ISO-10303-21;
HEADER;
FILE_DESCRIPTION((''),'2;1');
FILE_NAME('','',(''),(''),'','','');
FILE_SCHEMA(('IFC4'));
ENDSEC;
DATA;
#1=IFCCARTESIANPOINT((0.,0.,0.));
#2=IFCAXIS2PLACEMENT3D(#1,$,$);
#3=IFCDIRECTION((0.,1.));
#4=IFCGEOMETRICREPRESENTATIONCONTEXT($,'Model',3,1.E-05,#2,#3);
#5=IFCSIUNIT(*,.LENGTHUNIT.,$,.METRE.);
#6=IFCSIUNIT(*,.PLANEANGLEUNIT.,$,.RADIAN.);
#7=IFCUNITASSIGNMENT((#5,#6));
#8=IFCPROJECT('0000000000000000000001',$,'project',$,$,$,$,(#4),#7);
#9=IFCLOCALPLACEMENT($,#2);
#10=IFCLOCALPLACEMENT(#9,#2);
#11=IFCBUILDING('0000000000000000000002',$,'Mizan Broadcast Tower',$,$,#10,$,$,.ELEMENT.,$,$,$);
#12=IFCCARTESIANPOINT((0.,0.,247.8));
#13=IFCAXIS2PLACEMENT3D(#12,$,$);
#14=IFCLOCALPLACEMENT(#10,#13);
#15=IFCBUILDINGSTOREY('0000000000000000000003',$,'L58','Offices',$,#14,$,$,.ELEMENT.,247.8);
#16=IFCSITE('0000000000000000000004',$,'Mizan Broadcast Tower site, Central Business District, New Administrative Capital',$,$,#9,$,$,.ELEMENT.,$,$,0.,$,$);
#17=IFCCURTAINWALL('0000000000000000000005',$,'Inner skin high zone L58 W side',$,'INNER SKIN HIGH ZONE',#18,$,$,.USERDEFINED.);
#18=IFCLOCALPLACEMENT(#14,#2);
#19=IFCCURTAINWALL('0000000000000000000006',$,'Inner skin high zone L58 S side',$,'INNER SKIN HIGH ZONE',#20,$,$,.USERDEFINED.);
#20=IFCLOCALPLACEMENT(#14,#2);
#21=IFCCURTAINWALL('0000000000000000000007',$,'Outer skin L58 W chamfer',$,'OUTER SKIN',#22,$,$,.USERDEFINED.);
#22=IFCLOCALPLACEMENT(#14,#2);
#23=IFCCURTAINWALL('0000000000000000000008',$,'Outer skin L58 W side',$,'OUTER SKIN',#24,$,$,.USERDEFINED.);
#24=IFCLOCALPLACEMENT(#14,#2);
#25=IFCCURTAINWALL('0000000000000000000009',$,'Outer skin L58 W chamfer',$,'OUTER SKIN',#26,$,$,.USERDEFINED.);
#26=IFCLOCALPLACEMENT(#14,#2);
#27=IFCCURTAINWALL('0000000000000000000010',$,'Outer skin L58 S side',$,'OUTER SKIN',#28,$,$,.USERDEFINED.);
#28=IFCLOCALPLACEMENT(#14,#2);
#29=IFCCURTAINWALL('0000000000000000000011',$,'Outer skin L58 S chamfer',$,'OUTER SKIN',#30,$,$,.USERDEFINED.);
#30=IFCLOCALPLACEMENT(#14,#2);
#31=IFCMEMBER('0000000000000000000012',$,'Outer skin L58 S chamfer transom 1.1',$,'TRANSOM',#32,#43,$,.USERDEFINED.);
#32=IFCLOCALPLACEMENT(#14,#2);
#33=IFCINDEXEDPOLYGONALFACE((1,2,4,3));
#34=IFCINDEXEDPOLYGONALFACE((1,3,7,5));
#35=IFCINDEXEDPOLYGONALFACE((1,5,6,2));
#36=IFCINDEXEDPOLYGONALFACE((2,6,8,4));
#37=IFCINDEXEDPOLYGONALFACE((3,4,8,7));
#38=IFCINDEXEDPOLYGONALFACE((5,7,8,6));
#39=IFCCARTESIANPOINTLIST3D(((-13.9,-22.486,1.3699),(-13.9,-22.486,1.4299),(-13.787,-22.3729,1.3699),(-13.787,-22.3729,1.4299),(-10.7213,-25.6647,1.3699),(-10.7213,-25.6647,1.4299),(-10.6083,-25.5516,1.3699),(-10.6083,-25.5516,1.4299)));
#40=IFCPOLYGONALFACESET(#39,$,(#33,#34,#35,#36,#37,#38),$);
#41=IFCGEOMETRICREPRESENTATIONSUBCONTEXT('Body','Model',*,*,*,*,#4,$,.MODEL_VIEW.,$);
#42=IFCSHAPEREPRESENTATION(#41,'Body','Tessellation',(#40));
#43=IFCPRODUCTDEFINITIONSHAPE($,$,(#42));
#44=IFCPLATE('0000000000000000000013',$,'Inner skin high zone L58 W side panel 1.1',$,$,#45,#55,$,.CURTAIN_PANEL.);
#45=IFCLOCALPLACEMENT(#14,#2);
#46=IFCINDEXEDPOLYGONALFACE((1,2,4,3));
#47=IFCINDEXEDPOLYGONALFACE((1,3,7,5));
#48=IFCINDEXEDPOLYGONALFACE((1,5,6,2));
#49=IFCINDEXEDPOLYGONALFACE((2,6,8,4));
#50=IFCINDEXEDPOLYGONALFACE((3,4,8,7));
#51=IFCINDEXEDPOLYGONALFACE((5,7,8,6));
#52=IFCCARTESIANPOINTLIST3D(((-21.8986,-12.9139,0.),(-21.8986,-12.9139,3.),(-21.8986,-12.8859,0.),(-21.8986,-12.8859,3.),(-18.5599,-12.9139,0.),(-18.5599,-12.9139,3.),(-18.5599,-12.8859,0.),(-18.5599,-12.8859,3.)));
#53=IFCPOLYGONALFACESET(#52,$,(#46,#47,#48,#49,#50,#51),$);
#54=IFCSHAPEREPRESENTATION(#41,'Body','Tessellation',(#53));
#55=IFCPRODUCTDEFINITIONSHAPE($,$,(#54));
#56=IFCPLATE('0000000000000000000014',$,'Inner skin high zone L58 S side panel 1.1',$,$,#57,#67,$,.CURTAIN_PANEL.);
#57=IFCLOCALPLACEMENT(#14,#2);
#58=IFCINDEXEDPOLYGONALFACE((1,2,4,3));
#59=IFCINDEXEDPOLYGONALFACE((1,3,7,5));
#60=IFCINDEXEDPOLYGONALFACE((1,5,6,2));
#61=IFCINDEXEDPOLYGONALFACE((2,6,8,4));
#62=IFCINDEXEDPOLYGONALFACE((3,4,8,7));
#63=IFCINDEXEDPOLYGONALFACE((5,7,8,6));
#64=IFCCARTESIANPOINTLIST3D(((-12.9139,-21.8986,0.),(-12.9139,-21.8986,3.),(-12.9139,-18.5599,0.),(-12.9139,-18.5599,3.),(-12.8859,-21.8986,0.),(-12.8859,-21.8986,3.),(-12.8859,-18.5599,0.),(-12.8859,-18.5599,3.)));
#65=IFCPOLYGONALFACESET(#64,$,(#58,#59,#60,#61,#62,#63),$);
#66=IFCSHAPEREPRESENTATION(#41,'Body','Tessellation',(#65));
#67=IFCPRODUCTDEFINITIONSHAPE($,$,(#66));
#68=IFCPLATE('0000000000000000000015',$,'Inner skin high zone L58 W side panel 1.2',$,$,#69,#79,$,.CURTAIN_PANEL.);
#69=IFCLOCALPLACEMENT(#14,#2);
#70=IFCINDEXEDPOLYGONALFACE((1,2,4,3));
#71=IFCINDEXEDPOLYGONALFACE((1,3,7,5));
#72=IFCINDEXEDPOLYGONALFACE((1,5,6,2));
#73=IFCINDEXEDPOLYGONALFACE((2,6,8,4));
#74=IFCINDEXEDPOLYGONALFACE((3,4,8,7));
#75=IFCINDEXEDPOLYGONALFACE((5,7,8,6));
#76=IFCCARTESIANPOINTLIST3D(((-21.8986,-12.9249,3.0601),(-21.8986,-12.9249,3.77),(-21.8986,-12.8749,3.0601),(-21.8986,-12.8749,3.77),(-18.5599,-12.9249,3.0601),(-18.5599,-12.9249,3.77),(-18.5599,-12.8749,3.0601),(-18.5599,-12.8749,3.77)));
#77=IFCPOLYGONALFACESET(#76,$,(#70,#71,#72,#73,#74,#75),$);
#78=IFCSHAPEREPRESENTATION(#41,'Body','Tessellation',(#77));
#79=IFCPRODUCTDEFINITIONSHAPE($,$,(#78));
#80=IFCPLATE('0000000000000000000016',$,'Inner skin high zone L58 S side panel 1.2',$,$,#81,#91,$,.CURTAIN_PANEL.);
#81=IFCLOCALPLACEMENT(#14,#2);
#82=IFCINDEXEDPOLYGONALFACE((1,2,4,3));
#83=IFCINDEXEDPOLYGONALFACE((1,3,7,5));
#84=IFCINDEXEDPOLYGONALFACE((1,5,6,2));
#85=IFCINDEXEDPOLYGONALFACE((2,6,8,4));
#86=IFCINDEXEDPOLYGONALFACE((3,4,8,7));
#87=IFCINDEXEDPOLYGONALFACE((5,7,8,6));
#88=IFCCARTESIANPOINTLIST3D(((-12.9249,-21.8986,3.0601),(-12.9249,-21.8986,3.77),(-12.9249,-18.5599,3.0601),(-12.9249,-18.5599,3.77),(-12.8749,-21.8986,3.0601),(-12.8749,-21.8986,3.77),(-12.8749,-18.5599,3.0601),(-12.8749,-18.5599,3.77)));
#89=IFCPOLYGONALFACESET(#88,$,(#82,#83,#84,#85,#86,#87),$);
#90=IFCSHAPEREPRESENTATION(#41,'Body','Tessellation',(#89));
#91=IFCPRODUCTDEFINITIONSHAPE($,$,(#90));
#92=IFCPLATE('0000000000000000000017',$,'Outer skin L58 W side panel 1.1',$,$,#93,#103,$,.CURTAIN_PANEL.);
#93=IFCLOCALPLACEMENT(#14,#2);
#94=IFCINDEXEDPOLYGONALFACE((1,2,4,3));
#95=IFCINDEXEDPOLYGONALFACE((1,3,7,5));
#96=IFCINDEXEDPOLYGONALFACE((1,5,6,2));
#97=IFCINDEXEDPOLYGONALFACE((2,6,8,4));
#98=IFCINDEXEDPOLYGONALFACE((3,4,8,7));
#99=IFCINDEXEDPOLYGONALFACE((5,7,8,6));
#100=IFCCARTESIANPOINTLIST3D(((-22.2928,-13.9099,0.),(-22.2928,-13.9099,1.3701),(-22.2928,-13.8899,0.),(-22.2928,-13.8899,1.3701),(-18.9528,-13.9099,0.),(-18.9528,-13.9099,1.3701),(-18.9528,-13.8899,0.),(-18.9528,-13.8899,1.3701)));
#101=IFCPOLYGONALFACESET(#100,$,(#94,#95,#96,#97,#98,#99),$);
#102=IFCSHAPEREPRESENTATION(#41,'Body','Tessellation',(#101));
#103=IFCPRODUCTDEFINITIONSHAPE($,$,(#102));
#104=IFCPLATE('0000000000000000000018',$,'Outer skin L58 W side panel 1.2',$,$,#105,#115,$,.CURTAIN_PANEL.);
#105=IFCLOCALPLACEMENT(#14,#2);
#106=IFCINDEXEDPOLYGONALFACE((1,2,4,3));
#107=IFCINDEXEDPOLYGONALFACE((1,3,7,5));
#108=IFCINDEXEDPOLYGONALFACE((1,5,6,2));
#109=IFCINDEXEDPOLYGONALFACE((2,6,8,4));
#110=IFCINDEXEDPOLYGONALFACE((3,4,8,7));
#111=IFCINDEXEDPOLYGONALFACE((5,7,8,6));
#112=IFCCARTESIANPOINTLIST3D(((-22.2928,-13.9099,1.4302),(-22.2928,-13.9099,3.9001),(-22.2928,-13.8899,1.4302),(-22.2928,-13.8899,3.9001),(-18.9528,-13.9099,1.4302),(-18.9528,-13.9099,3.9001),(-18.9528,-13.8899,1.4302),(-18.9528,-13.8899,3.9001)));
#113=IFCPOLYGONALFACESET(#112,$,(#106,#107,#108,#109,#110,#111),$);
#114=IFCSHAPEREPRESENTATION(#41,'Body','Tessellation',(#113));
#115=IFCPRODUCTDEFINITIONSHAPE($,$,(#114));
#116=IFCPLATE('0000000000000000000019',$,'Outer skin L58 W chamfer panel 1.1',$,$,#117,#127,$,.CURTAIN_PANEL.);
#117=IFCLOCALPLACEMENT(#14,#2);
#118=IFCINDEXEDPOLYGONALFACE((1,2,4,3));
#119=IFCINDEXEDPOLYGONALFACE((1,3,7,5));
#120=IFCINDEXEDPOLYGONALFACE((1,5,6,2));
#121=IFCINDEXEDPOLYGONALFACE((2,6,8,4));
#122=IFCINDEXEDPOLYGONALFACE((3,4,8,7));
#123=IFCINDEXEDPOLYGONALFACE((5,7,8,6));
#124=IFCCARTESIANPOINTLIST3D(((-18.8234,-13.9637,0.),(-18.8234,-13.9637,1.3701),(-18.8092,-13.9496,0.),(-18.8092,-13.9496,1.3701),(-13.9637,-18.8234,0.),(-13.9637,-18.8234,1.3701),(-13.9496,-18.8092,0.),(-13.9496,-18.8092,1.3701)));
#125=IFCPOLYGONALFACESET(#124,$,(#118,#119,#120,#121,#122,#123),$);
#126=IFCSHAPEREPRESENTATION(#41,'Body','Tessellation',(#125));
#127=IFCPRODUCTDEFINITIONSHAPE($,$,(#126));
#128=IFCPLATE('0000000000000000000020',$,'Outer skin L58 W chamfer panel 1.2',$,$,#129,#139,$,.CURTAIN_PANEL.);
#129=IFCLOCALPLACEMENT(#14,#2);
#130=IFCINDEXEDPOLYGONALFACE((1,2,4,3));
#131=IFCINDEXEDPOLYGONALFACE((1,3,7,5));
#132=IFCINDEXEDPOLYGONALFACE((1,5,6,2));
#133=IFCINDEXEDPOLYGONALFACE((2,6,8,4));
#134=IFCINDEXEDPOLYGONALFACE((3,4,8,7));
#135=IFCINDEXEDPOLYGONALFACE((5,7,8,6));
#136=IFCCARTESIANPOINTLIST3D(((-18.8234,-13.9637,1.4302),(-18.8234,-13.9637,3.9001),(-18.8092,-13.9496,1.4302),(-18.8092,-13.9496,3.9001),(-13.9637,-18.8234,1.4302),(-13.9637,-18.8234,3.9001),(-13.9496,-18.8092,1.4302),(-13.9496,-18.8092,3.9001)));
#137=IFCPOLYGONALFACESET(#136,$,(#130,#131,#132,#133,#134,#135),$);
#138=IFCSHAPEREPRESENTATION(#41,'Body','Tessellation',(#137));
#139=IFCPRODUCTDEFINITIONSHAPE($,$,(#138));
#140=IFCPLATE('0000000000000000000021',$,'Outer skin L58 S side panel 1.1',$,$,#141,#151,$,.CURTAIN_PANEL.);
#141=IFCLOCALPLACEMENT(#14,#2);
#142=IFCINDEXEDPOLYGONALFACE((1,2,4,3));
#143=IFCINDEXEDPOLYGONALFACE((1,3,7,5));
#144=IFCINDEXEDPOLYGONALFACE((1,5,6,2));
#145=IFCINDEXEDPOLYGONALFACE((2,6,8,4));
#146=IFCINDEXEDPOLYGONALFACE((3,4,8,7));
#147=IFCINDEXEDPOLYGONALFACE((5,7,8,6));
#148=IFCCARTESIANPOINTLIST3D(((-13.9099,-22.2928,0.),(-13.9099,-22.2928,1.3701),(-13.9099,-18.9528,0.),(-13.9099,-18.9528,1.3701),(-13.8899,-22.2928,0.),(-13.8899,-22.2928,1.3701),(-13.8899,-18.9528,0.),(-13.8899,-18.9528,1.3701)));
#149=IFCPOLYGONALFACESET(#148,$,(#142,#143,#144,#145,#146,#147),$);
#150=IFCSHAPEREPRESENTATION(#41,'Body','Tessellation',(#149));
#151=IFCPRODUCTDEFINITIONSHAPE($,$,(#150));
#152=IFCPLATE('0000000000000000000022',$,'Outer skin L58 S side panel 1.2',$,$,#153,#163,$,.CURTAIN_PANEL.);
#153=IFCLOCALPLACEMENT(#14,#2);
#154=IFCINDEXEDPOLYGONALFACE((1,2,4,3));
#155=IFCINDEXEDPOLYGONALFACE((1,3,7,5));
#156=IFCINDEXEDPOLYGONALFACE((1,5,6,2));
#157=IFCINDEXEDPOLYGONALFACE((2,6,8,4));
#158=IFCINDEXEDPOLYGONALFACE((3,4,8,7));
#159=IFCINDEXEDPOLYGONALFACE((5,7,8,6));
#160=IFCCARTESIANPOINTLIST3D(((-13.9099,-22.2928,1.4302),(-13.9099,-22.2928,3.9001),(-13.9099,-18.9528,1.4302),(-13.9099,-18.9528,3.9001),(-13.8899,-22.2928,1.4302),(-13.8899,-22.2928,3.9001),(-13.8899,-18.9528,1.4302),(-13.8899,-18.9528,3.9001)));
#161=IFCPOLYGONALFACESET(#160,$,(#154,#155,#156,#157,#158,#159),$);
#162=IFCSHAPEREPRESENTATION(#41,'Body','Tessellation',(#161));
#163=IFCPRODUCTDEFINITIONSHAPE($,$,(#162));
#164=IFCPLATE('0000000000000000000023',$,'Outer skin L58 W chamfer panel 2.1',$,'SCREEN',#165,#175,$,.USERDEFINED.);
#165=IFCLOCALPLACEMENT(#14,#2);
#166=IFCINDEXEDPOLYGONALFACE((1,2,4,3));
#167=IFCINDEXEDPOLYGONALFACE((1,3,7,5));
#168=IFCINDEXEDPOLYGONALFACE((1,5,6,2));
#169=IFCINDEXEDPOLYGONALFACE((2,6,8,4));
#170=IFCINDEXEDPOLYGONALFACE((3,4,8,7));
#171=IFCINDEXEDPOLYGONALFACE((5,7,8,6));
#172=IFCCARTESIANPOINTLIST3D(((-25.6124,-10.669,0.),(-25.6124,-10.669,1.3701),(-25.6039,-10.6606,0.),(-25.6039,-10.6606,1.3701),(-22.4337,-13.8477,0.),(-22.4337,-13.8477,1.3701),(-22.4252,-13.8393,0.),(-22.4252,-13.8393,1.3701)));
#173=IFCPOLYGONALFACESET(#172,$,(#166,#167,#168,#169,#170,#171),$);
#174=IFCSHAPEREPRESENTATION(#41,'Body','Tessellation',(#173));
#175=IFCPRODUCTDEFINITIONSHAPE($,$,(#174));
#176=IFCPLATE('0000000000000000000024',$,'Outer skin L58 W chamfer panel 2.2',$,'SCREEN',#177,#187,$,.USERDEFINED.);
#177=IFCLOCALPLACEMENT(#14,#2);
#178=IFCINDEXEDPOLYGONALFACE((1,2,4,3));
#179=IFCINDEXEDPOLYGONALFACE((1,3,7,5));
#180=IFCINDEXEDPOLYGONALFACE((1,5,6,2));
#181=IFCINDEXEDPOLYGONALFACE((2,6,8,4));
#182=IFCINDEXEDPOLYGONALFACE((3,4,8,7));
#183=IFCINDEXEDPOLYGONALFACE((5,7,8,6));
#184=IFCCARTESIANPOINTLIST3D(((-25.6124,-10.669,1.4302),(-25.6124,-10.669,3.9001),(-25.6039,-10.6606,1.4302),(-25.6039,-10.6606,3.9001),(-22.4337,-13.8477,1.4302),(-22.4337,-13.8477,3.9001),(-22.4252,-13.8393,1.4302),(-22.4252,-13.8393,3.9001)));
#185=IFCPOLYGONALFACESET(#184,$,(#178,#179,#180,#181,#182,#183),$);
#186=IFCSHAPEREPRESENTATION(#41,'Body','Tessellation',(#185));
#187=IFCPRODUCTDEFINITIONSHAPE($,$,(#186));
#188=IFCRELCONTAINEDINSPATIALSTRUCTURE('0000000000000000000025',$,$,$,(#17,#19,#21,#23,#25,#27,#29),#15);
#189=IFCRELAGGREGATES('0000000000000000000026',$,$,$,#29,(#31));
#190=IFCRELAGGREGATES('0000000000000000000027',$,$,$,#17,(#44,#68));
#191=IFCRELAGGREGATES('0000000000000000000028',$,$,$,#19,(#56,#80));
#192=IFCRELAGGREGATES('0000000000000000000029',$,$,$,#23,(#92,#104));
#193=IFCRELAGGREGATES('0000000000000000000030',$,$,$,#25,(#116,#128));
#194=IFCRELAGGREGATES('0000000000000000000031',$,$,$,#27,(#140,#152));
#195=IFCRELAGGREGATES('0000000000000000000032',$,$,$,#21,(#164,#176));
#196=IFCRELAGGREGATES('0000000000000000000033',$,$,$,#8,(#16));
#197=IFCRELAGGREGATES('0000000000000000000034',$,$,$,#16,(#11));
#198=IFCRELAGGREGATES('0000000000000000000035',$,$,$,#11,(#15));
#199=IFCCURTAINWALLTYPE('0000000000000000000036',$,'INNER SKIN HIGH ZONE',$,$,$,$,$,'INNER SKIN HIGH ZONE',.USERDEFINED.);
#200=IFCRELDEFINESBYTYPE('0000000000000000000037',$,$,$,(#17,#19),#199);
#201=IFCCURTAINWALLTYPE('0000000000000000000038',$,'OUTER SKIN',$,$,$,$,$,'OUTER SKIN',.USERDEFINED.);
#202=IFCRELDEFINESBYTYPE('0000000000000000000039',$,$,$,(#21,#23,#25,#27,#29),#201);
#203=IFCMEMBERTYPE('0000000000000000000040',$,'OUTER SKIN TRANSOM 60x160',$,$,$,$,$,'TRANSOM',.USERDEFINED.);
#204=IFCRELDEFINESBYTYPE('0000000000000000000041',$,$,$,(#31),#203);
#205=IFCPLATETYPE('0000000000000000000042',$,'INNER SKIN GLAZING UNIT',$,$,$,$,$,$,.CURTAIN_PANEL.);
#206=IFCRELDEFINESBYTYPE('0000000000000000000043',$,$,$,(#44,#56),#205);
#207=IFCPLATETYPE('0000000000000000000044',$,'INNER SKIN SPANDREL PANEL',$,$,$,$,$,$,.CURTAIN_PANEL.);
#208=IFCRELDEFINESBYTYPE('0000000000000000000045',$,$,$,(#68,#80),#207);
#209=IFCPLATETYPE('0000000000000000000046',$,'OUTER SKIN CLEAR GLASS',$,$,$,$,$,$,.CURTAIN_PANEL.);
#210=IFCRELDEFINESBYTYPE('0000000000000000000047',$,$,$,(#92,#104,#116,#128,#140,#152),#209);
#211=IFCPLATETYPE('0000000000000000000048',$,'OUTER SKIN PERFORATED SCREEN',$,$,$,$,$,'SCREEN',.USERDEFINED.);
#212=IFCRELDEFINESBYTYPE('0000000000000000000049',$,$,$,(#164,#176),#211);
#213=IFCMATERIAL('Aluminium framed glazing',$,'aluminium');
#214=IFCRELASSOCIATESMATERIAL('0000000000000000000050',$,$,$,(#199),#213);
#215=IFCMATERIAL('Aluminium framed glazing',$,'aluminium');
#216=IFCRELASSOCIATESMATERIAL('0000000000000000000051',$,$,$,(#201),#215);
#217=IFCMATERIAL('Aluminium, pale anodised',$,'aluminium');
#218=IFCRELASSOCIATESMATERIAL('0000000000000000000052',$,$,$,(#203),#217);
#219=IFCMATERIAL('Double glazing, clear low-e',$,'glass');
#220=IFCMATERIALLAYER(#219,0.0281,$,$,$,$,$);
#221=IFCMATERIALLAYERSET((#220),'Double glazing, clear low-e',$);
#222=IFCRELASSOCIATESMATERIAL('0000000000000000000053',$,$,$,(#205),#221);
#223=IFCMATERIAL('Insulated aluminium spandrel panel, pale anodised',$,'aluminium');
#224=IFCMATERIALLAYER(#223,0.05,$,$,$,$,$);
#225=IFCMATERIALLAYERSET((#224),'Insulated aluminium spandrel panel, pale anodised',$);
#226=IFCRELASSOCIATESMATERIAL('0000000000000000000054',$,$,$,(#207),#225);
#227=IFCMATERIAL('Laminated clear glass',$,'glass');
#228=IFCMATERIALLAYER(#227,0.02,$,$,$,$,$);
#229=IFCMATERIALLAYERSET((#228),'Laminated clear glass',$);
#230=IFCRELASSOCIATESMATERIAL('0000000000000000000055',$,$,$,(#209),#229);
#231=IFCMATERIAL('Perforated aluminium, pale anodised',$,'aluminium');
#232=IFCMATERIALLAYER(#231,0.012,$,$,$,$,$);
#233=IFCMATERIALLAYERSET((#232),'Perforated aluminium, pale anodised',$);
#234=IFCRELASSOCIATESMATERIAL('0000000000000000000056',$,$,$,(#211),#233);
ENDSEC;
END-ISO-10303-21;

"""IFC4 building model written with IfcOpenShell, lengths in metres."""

from ifc_helpers import new_model, si_unit, direction, frame, origin, origin_2d, place, context, subcontext, project, spatial, rectangle, extrude, material, layer, layer_set, material_profile, profile_set, type_object, element, aggregate, save


model = new_model("IFC4")

# Units and contexts
model_context = context("Model", 3, precision=1e-05, world=origin(), true_north=direction((0.0, 1.0)))
body_context = subcontext(model_context, "Body", "Model", "MODEL_VIEW")
ifc_project = project(units=[si_unit("LENGTHUNIT", "METRE"), si_unit("PLANEANGLEUNIT", "RADIAN")], contexts=[model_context])

# Site, building, storey
site_placement = place(None, origin())
site = spatial("IfcSite", under=ifc_project, at=site_placement, Name="Mizan Broadcast Tower site, Central Business District, New Administrative Capital", CompositionType="ELEMENT", RefElevation=0.0)
building_placement = place(site_placement, origin())
building = spatial("IfcBuilding", under=site, at=building_placement, Name="Mizan Broadcast Tower", CompositionType="ELEMENT")
storey_placement = place(building_placement, frame((0.0, 0.0, 247.8)))
storey = spatial("IfcBuildingStorey", under=building, at=storey_placement, Name="L58", Description="Offices", CompositionType="ELEMENT", Elevation=247.8)

# Curtain walls
ifc_material_1 = material(Name="Aluminium framed glazing", Category="aluminium")
curtain_wall_type_1 = type_object("IfcCurtainWallType", Name="INNER SKIN HIGH ZONE", ElementType="INNER SKIN HIGH ZONE", PredefinedType="USERDEFINED", material=ifc_material_1)
curtain_wall_1_placement = place(storey_placement, origin())
curtain_wall_1 = element("IfcCurtainWall", 1, at=curtain_wall_1_placement, inside=storey, type_object=curtain_wall_type_1, Name="Inner skin high zone L58 W side", ObjectType="INNER SKIN HIGH ZONE", PredefinedType="USERDEFINED")
curtain_wall_2_placement = place(storey_placement, origin())
curtain_wall_2 = element("IfcCurtainWall", 2, at=curtain_wall_2_placement, inside=storey, type_object=curtain_wall_type_1, Name="Inner skin high zone L58 S side", ObjectType="INNER SKIN HIGH ZONE", PredefinedType="USERDEFINED")

# Curtain walls
ifc_material_2 = material(Name="Aluminium framed glazing", Category="aluminium")
curtain_wall_type_2 = type_object("IfcCurtainWallType", Name="OUTER SKIN", ElementType="OUTER SKIN", PredefinedType="USERDEFINED", material=ifc_material_2)
curtain_wall_3_placement = place(storey_placement, origin())
curtain_wall_3 = element("IfcCurtainWall", 3, at=curtain_wall_3_placement, inside=storey, type_object=curtain_wall_type_2, Name="Outer skin L58 W chamfer", ObjectType="OUTER SKIN", PredefinedType="USERDEFINED")
curtain_wall_4_placement = place(storey_placement, origin())
curtain_wall_4 = element("IfcCurtainWall", 4, at=curtain_wall_4_placement, inside=storey, type_object=curtain_wall_type_2, Name="Outer skin L58 W side", ObjectType="OUTER SKIN", PredefinedType="USERDEFINED")
curtain_wall_5_placement = place(storey_placement, origin())
curtain_wall_5 = element("IfcCurtainWall", 5, at=curtain_wall_5_placement, inside=storey, type_object=curtain_wall_type_2, Name="Outer skin L58 W chamfer", ObjectType="OUTER SKIN", PredefinedType="USERDEFINED")
curtain_wall_6_placement = place(storey_placement, origin())
curtain_wall_6 = element("IfcCurtainWall", 6, at=curtain_wall_6_placement, inside=storey, type_object=curtain_wall_type_2, Name="Outer skin L58 S side", ObjectType="OUTER SKIN", PredefinedType="USERDEFINED")

# Shared definitions
ifc_material_3 = material(Name="Aluminium, pale anodised", Category="aluminium")
ifc_material_profile_1 = material_profile(ifc_material_3, rectangle(XDim=0.1599, YDim=0.0601, at=origin_2d()), Name="TRANSOM 160x60")
ifc_profile_set_1 = profile_set([ifc_material_profile_1], Name="Aluminium, pale anodised")
member_type_1 = type_object("IfcMemberType", Name="OUTER SKIN TRANSOM 60x160", ElementType="TRANSOM", PredefinedType="USERDEFINED", material=ifc_profile_set_1)

# Curtain wall, member
curtain_wall_7_placement = place(storey_placement, origin())
curtain_wall_7 = element("IfcCurtainWall", 7, at=curtain_wall_7_placement, inside=storey, type_object=curtain_wall_type_2, Name="Outer skin L58 S chamfer", ObjectType="OUTER SKIN", PredefinedType="USERDEFINED")
member_1_placement = place(storey_placement, frame((-13.8435, -22.4294, 1.3999), z_axis=(0.707107, -0.707107, 0.0), x_axis=(0.707107, 0.707107, 0.0)))
member_1 = element("IfcMember", 8, at=member_1_placement, type_object=member_type_1, Name="Outer skin L58 S chamfer transom 1.1", ObjectType="TRANSOM", PredefinedType="USERDEFINED", context=body_context, shape_type="SweptSolid", body=[
    extrude(rectangle(XDim=0.1599, YDim=0.0601, at=origin_2d()), origin(), (0.0, 0.0, 1.0), 4.4954),
])
aggregate(curtain_wall_7, [member_1])

# Plates
ifc_material_4 = material(Name="Double glazing, clear low-e", Category="glass")
ifc_layer_1 = layer(ifc_material_4, 0.0281)
ifc_layer_set_1 = layer_set([ifc_layer_1], Name="Double glazing, clear low-e")
plate_type_1 = type_object("IfcPlateType", Name="INNER SKIN GLAZING UNIT", PredefinedType="CURTAIN_PANEL", material=ifc_layer_set_1)
plate_1_placement = place(storey_placement, frame((-20.2292, -12.8999, 0.0), z_axis=(0.0, 0.0, 1.0), x_axis=(1.0, 0.0, 0.0)))
plate_1 = element("IfcPlate", 9, at=plate_1_placement, type_object=plate_type_1, Name="Inner skin high zone L58 W side panel 1.1", PredefinedType="CURTAIN_PANEL", context=body_context, shape_type="SweptSolid", body=[
    extrude(rectangle(XDim=3.3386, YDim=0.0281, at=origin_2d()), origin(), (0.0, 0.0, 1.0), 3.0),
])
plate_2_placement = place(storey_placement, frame((-12.8999, -20.2292, 0.0), z_axis=(0.0, 0.0, 1.0), x_axis=(0.0, -1.0, 0.0)))
plate_2 = element("IfcPlate", 10, at=plate_2_placement, type_object=plate_type_1, Name="Inner skin high zone L58 S side panel 1.1", PredefinedType="CURTAIN_PANEL", context=body_context, shape_type="SweptSolid", body=[
    extrude(rectangle(XDim=3.3386, YDim=0.0281, at=origin_2d()), origin(), (0.0, 0.0, 1.0), 3.0),
])
ifc_material_5 = material(Name="Insulated aluminium spandrel panel, pale anodised", Category="aluminium")
ifc_layer_2 = layer(ifc_material_5, 0.05)
ifc_layer_set_2 = layer_set([ifc_layer_2], Name="Insulated aluminium spandrel panel, pale anodised")
plate_type_2 = type_object("IfcPlateType", Name="INNER SKIN SPANDREL PANEL", PredefinedType="CURTAIN_PANEL", material=ifc_layer_set_2)
plate_3_placement = place(storey_placement, frame((-20.2292, -12.8999, 3.0601), z_axis=(0.0, 0.0, 1.0), x_axis=(1.0, 0.0, 0.0)))
plate_3 = element("IfcPlate", 11, at=plate_3_placement, type_object=plate_type_2, Name="Inner skin high zone L58 W side panel 1.2", PredefinedType="CURTAIN_PANEL", context=body_context, shape_type="SweptSolid", body=[
    extrude(rectangle(XDim=3.3386, YDim=0.05, at=origin_2d()), origin(), (0.0, 0.0, 1.0), 0.71),
])
aggregate(curtain_wall_1, [plate_1, plate_3])
plate_4_placement = place(storey_placement, frame((-12.8999, -20.2292, 3.0601), z_axis=(0.0, 0.0, 1.0), x_axis=(0.0, -1.0, 0.0)))
plate_4 = element("IfcPlate", 12, at=plate_4_placement, type_object=plate_type_2, Name="Inner skin high zone L58 S side panel 1.2", PredefinedType="CURTAIN_PANEL", context=body_context, shape_type="SweptSolid", body=[
    extrude(rectangle(XDim=3.3386, YDim=0.05, at=origin_2d()), origin(), (0.0, 0.0, 1.0), 0.71),
])
aggregate(curtain_wall_2, [plate_2, plate_4])
ifc_material_6 = material(Name="Laminated clear glass", Category="glass")
ifc_layer_3 = layer(ifc_material_6, 0.02)
ifc_layer_set_3 = layer_set([ifc_layer_3], Name="Laminated clear glass")
plate_type_3 = type_object("IfcPlateType", Name="OUTER SKIN CLEAR GLASS", PredefinedType="CURTAIN_PANEL", material=ifc_layer_set_3)
plate_5_placement = place(storey_placement, frame((-20.6228, -13.8999, 0.0), z_axis=(0.0, 0.0, 1.0), x_axis=(1.0, 0.0, 0.0)))
plate_5 = element("IfcPlate", 13, at=plate_5_placement, type_object=plate_type_3, Name="Outer skin L58 W side panel 1.1", PredefinedType="CURTAIN_PANEL", context=body_context, shape_type="SweptSolid", body=[
    extrude(rectangle(XDim=3.3401, YDim=0.02, at=origin_2d()), origin(), (0.0, 0.0, 1.0), 1.3701),
])
plate_6_placement = place(storey_placement, frame((-20.6228, -13.8999, 1.4302), z_axis=(0.0, 0.0, 1.0), x_axis=(1.0, 0.0, 0.0)))
plate_6 = element("IfcPlate", 14, at=plate_6_placement, type_object=plate_type_3, Name="Outer skin L58 W side panel 1.2", PredefinedType="CURTAIN_PANEL", context=body_context, shape_type="SweptSolid", body=[
    extrude(rectangle(XDim=3.3401, YDim=0.02, at=origin_2d()), origin(), (0.0, 0.0, 1.0), 2.47),
])
aggregate(curtain_wall_4, [plate_5, plate_6])
plate_7_placement = place(storey_placement, frame((-16.3865, -16.3865, 0.0), z_axis=(0.0, 0.0, 1.0), x_axis=(0.707107, -0.707107, 0.0)))
plate_7 = element("IfcPlate", 15, at=plate_7_placement, type_object=plate_type_3, Name="Outer skin L58 W chamfer panel 1.1", PredefinedType="CURTAIN_PANEL", context=body_context, shape_type="SweptSolid", body=[
    extrude(rectangle(XDim=6.8726, YDim=0.02, at=origin_2d()), origin(), (0.0, 0.0, 1.0), 1.3701),
])
plate_8_placement = place(storey_placement, frame((-16.3865, -16.3865, 1.4302), z_axis=(0.0, 0.0, 1.0), x_axis=(0.707107, -0.707107, 0.0)))
plate_8 = element("IfcPlate", 16, at=plate_8_placement, type_object=plate_type_3, Name="Outer skin L58 W chamfer panel 1.2", PredefinedType="CURTAIN_PANEL", context=body_context, shape_type="SweptSolid", body=[
    extrude(rectangle(XDim=6.8726, YDim=0.02, at=origin_2d()), origin(), (0.0, 0.0, 1.0), 2.47),
])
aggregate(curtain_wall_5, [plate_7, plate_8])
plate_9_placement = place(storey_placement, frame((-13.8999, -20.6228, 0.0), z_axis=(0.0, 0.0, 1.0), x_axis=(0.0, -1.0, 0.0)))
plate_9 = element("IfcPlate", 17, at=plate_9_placement, type_object=plate_type_3, Name="Outer skin L58 S side panel 1.1", PredefinedType="CURTAIN_PANEL", context=body_context, shape_type="SweptSolid", body=[
    extrude(rectangle(XDim=3.3401, YDim=0.02, at=origin_2d()), origin(), (0.0, 0.0, 1.0), 1.3701),
])
plate_10_placement = place(storey_placement, frame((-13.8999, -20.6228, 1.4302), z_axis=(0.0, 0.0, 1.0), x_axis=(0.0, -1.0, 0.0)))
plate_10 = element("IfcPlate", 18, at=plate_10_placement, type_object=plate_type_3, Name="Outer skin L58 S side panel 1.2", PredefinedType="CURTAIN_PANEL", context=body_context, shape_type="SweptSolid", body=[
    extrude(rectangle(XDim=3.3401, YDim=0.02, at=origin_2d()), origin(), (0.0, 0.0, 1.0), 2.47),
])
aggregate(curtain_wall_6, [plate_9, plate_10])
ifc_material_7 = material(Name="Perforated aluminium, pale anodised", Category="aluminium")
ifc_layer_4 = layer(ifc_material_7, 0.012)
ifc_layer_set_4 = layer_set([ifc_layer_4], Name="Perforated aluminium, pale anodised")
plate_type_4 = type_object("IfcPlateType", Name="OUTER SKIN PERFORATED SCREEN", ElementType="SCREEN", PredefinedType="USERDEFINED", material=ifc_layer_set_4)
plate_11_placement = place(storey_placement, frame((-24.0188, -12.2542, 0.0), z_axis=(0.0, 0.0, 1.0), x_axis=(0.707107, -0.707107, 0.0)))
plate_11 = element("IfcPlate", 19, at=plate_11_placement, type_object=plate_type_4, Name="Outer skin L58 W chamfer panel 2.1", ObjectType="SCREEN", PredefinedType="USERDEFINED", context=body_context, shape_type="SweptSolid", body=[
    extrude(rectangle(XDim=4.4954, YDim=0.012, at=origin_2d()), origin(), (0.0, 0.0, 1.0), 1.3701),
])
plate_12_placement = place(storey_placement, frame((-24.0188, -12.2542, 1.4302), z_axis=(0.0, 0.0, 1.0), x_axis=(0.707107, -0.707107, 0.0)))
plate_12 = element("IfcPlate", 20, at=plate_12_placement, type_object=plate_type_4, Name="Outer skin L58 W chamfer panel 2.2", ObjectType="SCREEN", PredefinedType="USERDEFINED", context=body_context, shape_type="SweptSolid", body=[
    extrude(rectangle(XDim=4.4954, YDim=0.012, at=origin_2d()), origin(), (0.0, 0.0, 1.0), 2.47),
])
aggregate(curtain_wall_3, [plate_11, plate_12])

save(model, "model.ifc")
